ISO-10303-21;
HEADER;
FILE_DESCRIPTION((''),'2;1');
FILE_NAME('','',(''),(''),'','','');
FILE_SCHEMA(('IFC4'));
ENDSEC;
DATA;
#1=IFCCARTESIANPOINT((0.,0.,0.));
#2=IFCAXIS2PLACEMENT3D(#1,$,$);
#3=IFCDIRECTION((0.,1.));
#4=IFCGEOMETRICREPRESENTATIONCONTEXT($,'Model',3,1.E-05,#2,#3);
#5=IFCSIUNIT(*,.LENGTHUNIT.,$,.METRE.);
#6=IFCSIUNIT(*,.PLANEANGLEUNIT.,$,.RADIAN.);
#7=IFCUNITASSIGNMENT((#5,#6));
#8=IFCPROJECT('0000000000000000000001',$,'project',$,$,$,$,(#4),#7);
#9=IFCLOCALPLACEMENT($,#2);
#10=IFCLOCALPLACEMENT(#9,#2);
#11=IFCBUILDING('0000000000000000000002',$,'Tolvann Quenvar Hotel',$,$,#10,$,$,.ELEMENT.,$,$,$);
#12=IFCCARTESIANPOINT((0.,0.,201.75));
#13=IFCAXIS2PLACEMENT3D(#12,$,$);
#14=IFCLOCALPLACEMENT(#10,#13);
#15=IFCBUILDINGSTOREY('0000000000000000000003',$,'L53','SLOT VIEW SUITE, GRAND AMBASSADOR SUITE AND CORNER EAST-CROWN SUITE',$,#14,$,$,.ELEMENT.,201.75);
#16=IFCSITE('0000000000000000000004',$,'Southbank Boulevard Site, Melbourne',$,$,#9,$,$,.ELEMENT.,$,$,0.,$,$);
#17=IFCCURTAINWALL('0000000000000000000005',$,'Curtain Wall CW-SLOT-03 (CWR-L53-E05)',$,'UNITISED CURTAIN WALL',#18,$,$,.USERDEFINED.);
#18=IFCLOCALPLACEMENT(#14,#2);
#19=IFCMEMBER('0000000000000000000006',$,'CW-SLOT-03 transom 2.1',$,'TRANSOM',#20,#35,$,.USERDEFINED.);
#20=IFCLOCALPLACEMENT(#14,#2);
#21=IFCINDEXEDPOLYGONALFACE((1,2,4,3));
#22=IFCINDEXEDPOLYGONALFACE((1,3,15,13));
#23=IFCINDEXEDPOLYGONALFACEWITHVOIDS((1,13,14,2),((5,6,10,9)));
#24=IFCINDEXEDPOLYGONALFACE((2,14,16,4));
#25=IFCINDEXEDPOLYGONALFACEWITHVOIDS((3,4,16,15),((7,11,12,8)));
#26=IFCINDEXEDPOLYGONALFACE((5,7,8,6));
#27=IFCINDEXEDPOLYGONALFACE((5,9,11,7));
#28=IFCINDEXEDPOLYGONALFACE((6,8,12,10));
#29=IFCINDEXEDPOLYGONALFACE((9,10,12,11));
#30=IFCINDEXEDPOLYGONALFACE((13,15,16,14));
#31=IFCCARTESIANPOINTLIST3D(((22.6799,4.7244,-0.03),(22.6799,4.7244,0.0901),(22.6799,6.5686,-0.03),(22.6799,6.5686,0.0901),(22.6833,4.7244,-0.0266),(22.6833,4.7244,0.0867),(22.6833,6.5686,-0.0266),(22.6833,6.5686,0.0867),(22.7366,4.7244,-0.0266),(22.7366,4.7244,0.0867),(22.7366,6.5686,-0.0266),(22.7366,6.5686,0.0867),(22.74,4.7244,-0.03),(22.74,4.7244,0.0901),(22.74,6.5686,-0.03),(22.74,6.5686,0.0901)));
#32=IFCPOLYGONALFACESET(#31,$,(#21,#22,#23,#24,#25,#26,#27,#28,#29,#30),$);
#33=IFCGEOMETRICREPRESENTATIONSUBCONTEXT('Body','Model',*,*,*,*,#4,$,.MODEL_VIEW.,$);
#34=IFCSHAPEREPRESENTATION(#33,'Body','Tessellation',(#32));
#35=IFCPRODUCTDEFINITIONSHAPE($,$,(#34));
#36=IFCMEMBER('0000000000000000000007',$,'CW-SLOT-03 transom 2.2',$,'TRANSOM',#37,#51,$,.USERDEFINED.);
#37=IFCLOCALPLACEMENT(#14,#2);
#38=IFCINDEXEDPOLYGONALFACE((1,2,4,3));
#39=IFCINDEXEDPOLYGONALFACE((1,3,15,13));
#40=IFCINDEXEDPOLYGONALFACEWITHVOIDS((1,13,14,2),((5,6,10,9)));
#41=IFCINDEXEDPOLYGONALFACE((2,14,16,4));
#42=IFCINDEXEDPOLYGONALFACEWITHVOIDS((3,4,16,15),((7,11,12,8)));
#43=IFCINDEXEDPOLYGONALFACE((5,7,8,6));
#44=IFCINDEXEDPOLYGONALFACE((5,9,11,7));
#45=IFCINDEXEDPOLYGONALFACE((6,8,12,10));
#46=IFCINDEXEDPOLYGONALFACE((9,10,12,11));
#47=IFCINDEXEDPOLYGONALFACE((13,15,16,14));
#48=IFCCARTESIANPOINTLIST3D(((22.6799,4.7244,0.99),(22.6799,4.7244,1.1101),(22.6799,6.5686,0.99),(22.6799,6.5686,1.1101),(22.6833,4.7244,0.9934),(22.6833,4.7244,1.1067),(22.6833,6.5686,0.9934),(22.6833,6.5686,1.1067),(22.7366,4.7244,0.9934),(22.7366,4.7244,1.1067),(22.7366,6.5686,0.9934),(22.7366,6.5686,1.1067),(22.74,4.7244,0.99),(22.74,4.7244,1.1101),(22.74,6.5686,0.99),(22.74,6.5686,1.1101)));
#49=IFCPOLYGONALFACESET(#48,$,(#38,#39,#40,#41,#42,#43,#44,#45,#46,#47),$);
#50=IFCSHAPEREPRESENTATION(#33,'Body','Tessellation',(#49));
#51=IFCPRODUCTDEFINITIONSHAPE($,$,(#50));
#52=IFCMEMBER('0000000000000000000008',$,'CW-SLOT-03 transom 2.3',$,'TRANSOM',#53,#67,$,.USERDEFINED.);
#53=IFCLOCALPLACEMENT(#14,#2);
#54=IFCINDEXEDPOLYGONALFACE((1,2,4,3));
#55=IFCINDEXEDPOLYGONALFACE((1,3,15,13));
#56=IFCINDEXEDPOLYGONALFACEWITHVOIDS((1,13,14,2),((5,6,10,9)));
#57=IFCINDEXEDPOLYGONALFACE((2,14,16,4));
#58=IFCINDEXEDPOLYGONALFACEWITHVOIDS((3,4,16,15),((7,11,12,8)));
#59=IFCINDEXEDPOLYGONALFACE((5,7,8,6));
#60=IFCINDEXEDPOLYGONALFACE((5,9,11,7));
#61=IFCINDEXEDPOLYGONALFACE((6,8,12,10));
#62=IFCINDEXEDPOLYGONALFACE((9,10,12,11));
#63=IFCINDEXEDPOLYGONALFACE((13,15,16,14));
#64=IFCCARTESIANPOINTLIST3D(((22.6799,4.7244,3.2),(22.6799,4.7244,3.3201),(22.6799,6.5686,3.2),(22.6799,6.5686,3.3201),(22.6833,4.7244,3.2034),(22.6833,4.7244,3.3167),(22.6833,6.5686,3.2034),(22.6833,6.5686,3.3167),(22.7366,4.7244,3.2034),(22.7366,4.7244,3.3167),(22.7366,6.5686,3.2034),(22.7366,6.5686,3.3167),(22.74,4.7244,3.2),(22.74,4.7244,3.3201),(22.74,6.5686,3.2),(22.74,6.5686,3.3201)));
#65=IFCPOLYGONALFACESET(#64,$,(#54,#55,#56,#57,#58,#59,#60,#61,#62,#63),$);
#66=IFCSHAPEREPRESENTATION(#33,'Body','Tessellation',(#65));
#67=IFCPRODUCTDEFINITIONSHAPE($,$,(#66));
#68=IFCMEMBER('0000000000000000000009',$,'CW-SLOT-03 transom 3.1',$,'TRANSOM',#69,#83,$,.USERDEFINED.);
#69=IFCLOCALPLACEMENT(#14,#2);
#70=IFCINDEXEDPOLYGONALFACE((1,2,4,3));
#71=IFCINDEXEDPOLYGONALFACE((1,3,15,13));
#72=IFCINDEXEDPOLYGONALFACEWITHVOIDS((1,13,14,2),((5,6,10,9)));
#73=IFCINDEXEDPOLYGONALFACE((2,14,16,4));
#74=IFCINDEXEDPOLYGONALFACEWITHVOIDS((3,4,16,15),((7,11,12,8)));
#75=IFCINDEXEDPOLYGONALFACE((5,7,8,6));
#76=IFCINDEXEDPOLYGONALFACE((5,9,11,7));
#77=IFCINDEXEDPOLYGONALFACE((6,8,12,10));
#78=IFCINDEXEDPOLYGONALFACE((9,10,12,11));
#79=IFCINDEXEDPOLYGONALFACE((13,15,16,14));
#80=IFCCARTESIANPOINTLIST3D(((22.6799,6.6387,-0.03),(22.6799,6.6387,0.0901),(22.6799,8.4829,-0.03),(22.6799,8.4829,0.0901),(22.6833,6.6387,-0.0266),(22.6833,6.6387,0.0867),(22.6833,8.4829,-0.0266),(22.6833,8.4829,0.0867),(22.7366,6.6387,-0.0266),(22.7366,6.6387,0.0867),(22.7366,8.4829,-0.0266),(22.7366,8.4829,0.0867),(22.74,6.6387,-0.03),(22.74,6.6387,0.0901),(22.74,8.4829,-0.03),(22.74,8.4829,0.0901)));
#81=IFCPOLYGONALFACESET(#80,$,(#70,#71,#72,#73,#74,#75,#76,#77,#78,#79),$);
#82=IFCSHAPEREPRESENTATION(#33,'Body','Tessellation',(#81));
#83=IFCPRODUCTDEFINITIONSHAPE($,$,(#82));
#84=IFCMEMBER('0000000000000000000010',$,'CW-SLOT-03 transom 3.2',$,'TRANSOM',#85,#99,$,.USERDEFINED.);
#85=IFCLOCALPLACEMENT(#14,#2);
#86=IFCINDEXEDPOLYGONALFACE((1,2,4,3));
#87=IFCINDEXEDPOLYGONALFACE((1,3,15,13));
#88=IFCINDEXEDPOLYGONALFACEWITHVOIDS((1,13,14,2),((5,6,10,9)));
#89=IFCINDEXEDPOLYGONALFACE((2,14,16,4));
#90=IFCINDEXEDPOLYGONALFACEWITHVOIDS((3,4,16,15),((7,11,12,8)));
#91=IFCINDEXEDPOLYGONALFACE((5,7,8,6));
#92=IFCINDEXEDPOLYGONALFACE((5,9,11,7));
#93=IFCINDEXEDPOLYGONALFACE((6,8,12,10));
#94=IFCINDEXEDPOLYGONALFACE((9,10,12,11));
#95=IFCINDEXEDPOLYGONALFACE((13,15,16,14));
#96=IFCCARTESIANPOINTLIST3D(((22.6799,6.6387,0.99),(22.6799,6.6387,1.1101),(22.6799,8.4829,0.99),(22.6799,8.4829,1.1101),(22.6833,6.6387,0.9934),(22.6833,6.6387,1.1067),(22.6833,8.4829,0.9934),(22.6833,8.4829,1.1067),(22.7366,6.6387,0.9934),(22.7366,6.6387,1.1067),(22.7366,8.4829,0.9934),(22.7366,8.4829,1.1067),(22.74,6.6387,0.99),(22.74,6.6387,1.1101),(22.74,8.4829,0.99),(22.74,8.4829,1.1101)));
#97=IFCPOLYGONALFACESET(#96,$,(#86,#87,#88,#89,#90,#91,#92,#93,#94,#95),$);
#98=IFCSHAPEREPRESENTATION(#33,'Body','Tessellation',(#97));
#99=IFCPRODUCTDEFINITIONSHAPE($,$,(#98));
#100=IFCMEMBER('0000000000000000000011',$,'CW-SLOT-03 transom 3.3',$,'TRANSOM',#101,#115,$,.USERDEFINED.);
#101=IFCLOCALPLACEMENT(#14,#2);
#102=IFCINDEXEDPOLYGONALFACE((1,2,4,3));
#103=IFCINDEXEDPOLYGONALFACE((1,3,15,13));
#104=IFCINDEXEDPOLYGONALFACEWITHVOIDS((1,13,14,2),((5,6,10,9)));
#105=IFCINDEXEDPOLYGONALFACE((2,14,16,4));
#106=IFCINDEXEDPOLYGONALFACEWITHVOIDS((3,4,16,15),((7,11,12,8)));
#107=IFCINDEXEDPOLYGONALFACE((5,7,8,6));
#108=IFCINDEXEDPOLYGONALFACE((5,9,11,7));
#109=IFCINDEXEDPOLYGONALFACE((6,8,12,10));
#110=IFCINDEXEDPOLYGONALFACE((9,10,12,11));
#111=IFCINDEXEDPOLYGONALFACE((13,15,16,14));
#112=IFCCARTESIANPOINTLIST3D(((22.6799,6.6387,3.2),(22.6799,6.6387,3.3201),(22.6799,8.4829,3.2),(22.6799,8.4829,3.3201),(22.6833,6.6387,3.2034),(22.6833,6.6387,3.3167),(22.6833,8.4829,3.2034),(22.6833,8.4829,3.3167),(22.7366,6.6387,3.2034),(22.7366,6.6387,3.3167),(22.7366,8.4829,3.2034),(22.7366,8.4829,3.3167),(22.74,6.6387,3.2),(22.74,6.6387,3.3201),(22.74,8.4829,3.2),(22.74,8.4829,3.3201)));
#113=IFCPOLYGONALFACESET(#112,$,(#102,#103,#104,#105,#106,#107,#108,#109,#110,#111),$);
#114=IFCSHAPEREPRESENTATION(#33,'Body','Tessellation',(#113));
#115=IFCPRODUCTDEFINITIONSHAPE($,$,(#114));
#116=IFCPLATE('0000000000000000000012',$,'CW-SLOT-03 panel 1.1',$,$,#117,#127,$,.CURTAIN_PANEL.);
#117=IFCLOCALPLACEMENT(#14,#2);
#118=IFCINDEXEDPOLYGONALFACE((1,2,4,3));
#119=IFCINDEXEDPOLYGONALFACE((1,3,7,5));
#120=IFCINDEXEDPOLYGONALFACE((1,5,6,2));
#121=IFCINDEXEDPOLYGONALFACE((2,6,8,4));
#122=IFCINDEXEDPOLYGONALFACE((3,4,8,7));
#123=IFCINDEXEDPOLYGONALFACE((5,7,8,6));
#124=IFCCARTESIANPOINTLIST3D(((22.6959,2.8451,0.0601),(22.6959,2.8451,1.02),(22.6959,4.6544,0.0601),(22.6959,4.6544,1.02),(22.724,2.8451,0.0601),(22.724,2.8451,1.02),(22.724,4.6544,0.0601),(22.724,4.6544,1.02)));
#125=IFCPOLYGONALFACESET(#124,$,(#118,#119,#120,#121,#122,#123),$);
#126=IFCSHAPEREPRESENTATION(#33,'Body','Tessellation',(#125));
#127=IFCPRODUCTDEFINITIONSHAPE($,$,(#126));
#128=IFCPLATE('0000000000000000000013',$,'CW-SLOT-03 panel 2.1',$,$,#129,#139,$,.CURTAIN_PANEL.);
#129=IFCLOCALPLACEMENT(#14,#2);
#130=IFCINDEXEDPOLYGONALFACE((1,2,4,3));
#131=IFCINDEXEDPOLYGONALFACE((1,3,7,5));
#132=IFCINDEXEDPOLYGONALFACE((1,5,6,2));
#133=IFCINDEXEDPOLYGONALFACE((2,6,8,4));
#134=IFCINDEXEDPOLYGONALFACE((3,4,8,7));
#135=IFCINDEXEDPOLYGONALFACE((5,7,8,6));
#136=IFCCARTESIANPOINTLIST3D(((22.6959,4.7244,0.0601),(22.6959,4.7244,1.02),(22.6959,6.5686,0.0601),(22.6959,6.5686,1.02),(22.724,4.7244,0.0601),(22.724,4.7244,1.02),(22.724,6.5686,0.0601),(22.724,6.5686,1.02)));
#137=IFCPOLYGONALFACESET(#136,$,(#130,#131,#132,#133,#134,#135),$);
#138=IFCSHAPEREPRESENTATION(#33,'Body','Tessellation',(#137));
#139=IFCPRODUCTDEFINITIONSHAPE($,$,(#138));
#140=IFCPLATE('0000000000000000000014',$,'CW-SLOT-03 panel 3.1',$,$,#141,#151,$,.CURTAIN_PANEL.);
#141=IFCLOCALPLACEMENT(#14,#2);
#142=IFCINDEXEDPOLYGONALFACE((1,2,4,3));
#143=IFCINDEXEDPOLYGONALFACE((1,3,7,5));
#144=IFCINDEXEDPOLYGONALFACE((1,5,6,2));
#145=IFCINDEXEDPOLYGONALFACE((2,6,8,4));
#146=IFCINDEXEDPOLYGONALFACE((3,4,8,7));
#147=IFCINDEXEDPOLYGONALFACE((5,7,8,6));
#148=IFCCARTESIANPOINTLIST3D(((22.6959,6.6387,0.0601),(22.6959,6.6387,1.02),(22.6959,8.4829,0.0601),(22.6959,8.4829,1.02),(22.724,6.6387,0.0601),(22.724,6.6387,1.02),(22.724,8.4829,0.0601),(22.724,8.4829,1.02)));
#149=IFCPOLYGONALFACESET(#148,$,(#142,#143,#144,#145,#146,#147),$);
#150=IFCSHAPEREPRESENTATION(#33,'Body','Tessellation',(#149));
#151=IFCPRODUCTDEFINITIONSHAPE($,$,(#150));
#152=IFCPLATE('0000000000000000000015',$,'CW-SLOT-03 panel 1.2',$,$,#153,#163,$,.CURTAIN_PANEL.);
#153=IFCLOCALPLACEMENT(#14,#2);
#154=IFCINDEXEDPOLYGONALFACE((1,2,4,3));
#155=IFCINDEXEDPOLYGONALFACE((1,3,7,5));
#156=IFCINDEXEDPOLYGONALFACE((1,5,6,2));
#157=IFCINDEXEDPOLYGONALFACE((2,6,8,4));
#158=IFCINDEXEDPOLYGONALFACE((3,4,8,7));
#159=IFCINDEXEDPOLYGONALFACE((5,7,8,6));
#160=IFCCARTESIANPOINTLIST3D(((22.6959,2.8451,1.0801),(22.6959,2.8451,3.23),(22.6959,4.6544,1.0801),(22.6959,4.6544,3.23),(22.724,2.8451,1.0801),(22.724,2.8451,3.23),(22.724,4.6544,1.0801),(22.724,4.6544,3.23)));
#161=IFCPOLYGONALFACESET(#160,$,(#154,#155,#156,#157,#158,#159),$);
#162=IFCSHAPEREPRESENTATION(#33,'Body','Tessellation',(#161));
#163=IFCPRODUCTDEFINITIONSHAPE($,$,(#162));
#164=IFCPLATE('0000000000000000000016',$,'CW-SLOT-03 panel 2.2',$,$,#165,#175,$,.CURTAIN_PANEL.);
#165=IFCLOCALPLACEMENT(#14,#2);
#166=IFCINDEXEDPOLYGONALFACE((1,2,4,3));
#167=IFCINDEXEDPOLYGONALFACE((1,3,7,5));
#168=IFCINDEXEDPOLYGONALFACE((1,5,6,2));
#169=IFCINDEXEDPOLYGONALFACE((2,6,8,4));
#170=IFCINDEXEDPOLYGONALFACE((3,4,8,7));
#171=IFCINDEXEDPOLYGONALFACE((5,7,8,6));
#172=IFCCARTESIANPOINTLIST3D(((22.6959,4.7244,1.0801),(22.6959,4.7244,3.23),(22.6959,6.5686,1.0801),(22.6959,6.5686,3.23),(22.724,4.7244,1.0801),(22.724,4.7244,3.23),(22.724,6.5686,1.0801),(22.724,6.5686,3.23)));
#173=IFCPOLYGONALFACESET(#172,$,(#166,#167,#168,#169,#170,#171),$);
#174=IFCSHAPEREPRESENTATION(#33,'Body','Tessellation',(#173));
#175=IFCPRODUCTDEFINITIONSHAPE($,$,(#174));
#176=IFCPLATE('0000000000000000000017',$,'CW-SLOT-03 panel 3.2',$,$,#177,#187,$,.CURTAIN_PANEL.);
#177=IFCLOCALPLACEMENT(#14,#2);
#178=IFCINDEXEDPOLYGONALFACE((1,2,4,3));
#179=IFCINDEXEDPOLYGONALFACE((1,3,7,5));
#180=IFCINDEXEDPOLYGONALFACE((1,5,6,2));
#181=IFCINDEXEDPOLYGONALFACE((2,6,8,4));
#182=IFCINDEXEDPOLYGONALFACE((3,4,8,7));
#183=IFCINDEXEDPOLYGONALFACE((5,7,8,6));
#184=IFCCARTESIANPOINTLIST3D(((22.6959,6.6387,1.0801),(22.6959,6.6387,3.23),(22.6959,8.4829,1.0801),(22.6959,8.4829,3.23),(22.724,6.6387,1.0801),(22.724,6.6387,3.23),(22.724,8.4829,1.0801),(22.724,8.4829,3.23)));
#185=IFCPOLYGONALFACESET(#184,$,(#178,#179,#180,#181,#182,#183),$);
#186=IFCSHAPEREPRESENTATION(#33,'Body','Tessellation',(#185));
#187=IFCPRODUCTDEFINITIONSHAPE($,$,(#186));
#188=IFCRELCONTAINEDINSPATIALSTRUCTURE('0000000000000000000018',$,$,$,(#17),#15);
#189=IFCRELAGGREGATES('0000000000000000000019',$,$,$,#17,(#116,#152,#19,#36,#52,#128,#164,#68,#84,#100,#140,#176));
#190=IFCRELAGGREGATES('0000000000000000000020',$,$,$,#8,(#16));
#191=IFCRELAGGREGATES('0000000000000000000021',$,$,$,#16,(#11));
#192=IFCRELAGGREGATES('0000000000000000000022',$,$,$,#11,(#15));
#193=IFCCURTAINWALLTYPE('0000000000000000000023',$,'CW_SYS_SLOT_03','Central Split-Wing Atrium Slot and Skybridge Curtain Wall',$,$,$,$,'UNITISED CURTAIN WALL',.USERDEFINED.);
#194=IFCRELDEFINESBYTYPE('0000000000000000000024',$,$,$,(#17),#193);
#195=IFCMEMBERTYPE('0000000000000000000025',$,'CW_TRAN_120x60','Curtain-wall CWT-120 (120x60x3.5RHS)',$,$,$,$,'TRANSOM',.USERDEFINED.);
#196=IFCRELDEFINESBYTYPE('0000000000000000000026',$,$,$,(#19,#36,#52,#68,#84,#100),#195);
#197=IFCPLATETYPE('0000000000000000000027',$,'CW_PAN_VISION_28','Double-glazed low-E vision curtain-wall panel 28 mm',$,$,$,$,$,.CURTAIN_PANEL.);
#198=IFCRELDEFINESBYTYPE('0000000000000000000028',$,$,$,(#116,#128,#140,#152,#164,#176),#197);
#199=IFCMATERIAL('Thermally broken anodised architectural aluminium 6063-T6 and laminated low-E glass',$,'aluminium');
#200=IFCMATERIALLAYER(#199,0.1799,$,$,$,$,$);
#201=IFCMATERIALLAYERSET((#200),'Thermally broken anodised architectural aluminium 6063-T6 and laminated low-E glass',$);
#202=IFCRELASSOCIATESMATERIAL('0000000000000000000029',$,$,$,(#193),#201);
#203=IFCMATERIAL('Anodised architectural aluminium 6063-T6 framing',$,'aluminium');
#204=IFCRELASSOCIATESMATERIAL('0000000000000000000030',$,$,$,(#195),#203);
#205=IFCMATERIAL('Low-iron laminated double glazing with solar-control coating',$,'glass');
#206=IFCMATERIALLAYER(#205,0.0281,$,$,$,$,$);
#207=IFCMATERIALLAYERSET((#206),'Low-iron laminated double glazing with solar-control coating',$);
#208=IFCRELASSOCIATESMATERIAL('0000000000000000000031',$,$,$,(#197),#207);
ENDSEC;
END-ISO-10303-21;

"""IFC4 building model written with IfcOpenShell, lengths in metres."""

from ifc_helpers import new_model, si_unit, direction, frame, origin, origin_2d, place, context, subcontext, project, spatial, rectangle, hollow_rectangle, extrude, source, transform, mapped, material, layer, layer_set, material_profile, profile_set, type_object, type_shapes, element, aggregate, save


model = new_model("IFC4")

# Units and contexts
model_context = context("Model", 3, precision=1e-05, world=origin(), true_north=direction((0.0, 1.0)))
body_context = subcontext(model_context, "Body", "Model", "MODEL_VIEW")
ifc_project = project(units=[si_unit("LENGTHUNIT", "METRE"), si_unit("PLANEANGLEUNIT", "RADIAN")], contexts=[model_context])

# Site, building, storey
site_placement = place(None, origin())
site = spatial("IfcSite", under=ifc_project, at=site_placement, Name="Southbank Boulevard Site, Melbourne", CompositionType="ELEMENT", RefElevation=0.0)
building_placement = place(site_placement, origin())
building = spatial("IfcBuilding", under=site, at=building_placement, Name="Tolvann Quenvar Hotel", CompositionType="ELEMENT")
storey_placement = place(building_placement, frame((0.0, 0.0, 201.75)))
storey = spatial("IfcBuildingStorey", under=building, at=storey_placement, Name="L53", Description="SLOT VIEW SUITE, GRAND AMBASSADOR SUITE AND CORNER EAST-CROWN SUITE", CompositionType="ELEMENT", Elevation=201.75)

# Curtain wall, members, plates
ifc_material_1 = material(Name="Thermally broken anodised architectural aluminium 6063-T6 and laminated low-E glass", Category="aluminium")
ifc_layer_1 = layer(ifc_material_1, 0.1799)
ifc_layer_set_1 = layer_set([ifc_layer_1], Name="Thermally broken anodised architectural aluminium 6063-T6 and laminated low-E glass")
curtain_wall_type = type_object("IfcCurtainWallType", Name="CW_SYS_SLOT_03", Description="Central Split-Wing Atrium Slot and Skybridge Curtain Wall", ElementType="UNITISED CURTAIN WALL", PredefinedType="USERDEFINED", material=ifc_layer_set_1)
curtain_wall_placement = place(storey_placement, origin())
curtain_wall = element("IfcCurtainWall", 1, at=curtain_wall_placement, inside=storey, type_object=curtain_wall_type, Name="Curtain Wall CW-SLOT-03 (CWR-L53-E05)", ObjectType="UNITISED CURTAIN WALL", PredefinedType="USERDEFINED")
ifc_material_2 = material(Name="Anodised architectural aluminium 6063-T6 framing", Category="aluminium")
ifc_material_profile_1 = material_profile(ifc_material_2, hollow_rectangle(XDim=0.0601, YDim=0.1201, WallThickness=0.0034, at=origin_2d()), Name="120x60x3.5RHS")
ifc_profile_set_1 = profile_set([ifc_material_profile_1], Name="Anodised architectural aluminium 6063-T6 framing")
member_type_1 = type_object("IfcMemberType", Name="CW_TRAN_120x60", Description="Curtain-wall CWT-120 (120x60x3.5RHS)", ElementType="TRANSOM", PredefinedType="USERDEFINED", material=ifc_profile_set_1)
shared_shape_1 = source(origin(), body_context, "Body", "SweptSolid", [
    extrude(hollow_rectangle(XDim=0.0601, YDim=0.1201, WallThickness=0.0034, at=origin_2d()), origin(), (0.0, 0.0, 1.0), 1.8442),
])
member_1_placement = place(storey_placement, frame((22.71, 4.7244, 0.03), z_axis=(0.0, 1.0, 0.0), x_axis=(-1.0, 0.0, 0.0)))
member_1 = element("IfcMember", 2, at=member_1_placement, type_object=member_type_1, Name="CW-SLOT-03 transom 2.1", ObjectType="TRANSOM", PredefinedType="USERDEFINED", context=body_context, shape_type="MappedRepresentation", body=[
    mapped(shared_shape_1, transform((0.0, 0.0, 0.0), x_axis=(1.0, 0.0, 0.0), y_axis=(0.0, 1.0, 0.0), z_axis=(0.0, 0.0, 1.0), scale=1.0)),
])
member_2_placement = place(storey_placement, frame((22.71, 4.7244, 1.05), z_axis=(0.0, 1.0, 0.0), x_axis=(-1.0, 0.0, 0.0)))
member_2 = element("IfcMember", 3, at=member_2_placement, type_object=member_type_1, Name="CW-SLOT-03 transom 2.2", ObjectType="TRANSOM", PredefinedType="USERDEFINED", context=body_context, shape_type="MappedRepresentation", body=[
    mapped(shared_shape_1, transform((0.0, 0.0, 0.0), x_axis=(1.0, 0.0, 0.0), y_axis=(0.0, 1.0, 0.0), z_axis=(0.0, 0.0, 1.0), scale=1.0)),
])
member_3_placement = place(storey_placement, frame((22.71, 4.7244, 3.26), z_axis=(0.0, 1.0, 0.0), x_axis=(-1.0, 0.0, 0.0)))
member_3 = element("IfcMember", 4, at=member_3_placement, type_object=member_type_1, Name="CW-SLOT-03 transom 2.3", ObjectType="TRANSOM", PredefinedType="USERDEFINED", context=body_context, shape_type="MappedRepresentation", body=[
    mapped(shared_shape_1, transform((0.0, 0.0, 0.0), x_axis=(1.0, 0.0, 0.0), y_axis=(0.0, 1.0, 0.0), z_axis=(0.0, 0.0, 1.0), scale=1.0)),
])
member_4_placement = place(storey_placement, frame((22.71, 6.6387, 0.03), z_axis=(0.0, 1.0, 0.0), x_axis=(-1.0, 0.0, 0.0)))
member_4 = element("IfcMember", 5, at=member_4_placement, type_object=member_type_1, Name="CW-SLOT-03 transom 3.1", ObjectType="TRANSOM", PredefinedType="USERDEFINED", context=body_context, shape_type="MappedRepresentation", body=[
    mapped(shared_shape_1, transform((0.0, 0.0, 0.0), x_axis=(1.0, 0.0, 0.0), y_axis=(0.0, 1.0, 0.0), z_axis=(0.0, 0.0, 1.0), scale=1.0)),
])
member_5_placement = place(storey_placement, frame((22.71, 6.6387, 1.05), z_axis=(0.0, 1.0, 0.0), x_axis=(-1.0, 0.0, 0.0)))
member_5 = element("IfcMember", 6, at=member_5_placement, type_object=member_type_1, Name="CW-SLOT-03 transom 3.2", ObjectType="TRANSOM", PredefinedType="USERDEFINED", context=body_context, shape_type="MappedRepresentation", body=[
    mapped(shared_shape_1, transform((0.0, 0.0, 0.0), x_axis=(1.0, 0.0, 0.0), y_axis=(0.0, 1.0, 0.0), z_axis=(0.0, 0.0, 1.0), scale=1.0)),
])
member_6_placement = place(storey_placement, frame((22.71, 6.6387, 3.26), z_axis=(0.0, 1.0, 0.0), x_axis=(-1.0, 0.0, 0.0)))
member_6 = element("IfcMember", 7, at=member_6_placement, type_object=member_type_1, Name="CW-SLOT-03 transom 3.3", ObjectType="TRANSOM", PredefinedType="USERDEFINED", context=body_context, shape_type="MappedRepresentation", body=[
    mapped(shared_shape_1, transform((0.0, 0.0, 0.0), x_axis=(1.0, 0.0, 0.0), y_axis=(0.0, 1.0, 0.0), z_axis=(0.0, 0.0, 1.0), scale=1.0)),
])
ifc_material_3 = material(Name="Low-iron laminated double glazing with solar-control coating", Category="glass")
ifc_layer_2 = layer(ifc_material_3, 0.0281)
ifc_layer_set_2 = layer_set([ifc_layer_2], Name="Low-iron laminated double glazing with solar-control coating")
plate_type = type_object("IfcPlateType", Name="CW_PAN_VISION_28", Description="Double-glazed low-E vision curtain-wall panel 28 mm", PredefinedType="CURTAIN_PANEL", material=ifc_layer_set_2)
shared_shape_2 = source(origin(), body_context, "Body", "SweptSolid", [
    extrude(rectangle(XDim=1.8093, YDim=0.0281, at=origin_2d()), origin(), (0.0, 0.0, 1.0), 0.96),
])
plate_1_placement = place(storey_placement, frame((22.71, 3.7498, 0.0601), z_axis=(0.0, 0.0, 1.0), x_axis=(0.0, 1.0, 0.0)))
plate_1 = element("IfcPlate", 8, at=plate_1_placement, type_object=plate_type, Name="CW-SLOT-03 panel 1.1", PredefinedType="CURTAIN_PANEL", context=body_context, shape_type="MappedRepresentation", body=[
    mapped(shared_shape_2, transform((0.0, 0.0, 0.0), x_axis=(1.0, 0.0, 0.0), y_axis=(0.0, 1.0, 0.0), z_axis=(0.0, 0.0, 1.0), scale=1.0)),
])
shared_shape_3 = source(origin(), body_context, "Body", "SweptSolid", [
    extrude(rectangle(XDim=1.8442, YDim=0.0281, at=origin_2d()), origin(), (0.0, 0.0, 1.0), 0.96),
])
plate_2_placement = place(storey_placement, frame((22.71, 5.6465, 0.0601), z_axis=(0.0, 0.0, 1.0), x_axis=(0.0, 1.0, 0.0)))
plate_2 = element("IfcPlate", 9, at=plate_2_placement, type_object=plate_type, Name="CW-SLOT-03 panel 2.1", PredefinedType="CURTAIN_PANEL", context=body_context, shape_type="MappedRepresentation", body=[
    mapped(shared_shape_3, transform((0.0, 0.0, 0.0), x_axis=(1.0, 0.0, 0.0), y_axis=(0.0, 1.0, 0.0), z_axis=(0.0, 0.0, 1.0), scale=1.0)),
])
plate_3_placement = place(storey_placement, frame((22.71, 7.5608, 0.0601), z_axis=(0.0, 0.0, 1.0), x_axis=(0.0, 1.0, 0.0)))
plate_3 = element("IfcPlate", 10, at=plate_3_placement, type_object=plate_type, Name="CW-SLOT-03 panel 3.1", PredefinedType="CURTAIN_PANEL", context=body_context, shape_type="MappedRepresentation", body=[
    mapped(shared_shape_3, transform((0.0, 0.0, 0.0), x_axis=(1.0, 0.0, 0.0), y_axis=(0.0, 1.0, 0.0), z_axis=(0.0, 0.0, 1.0), scale=1.0)),
])
shared_shape_4 = source(origin(), body_context, "Body", "SweptSolid", [
    extrude(rectangle(XDim=1.8093, YDim=0.0281, at=origin_2d()), origin(), (0.0, 0.0, 1.0), 2.1499),
])
plate_4_placement = place(storey_placement, frame((22.71, 3.7498, 1.0801), z_axis=(0.0, 0.0, 1.0), x_axis=(0.0, 1.0, 0.0)))
plate_4 = element("IfcPlate", 11, at=plate_4_placement, type_object=plate_type, Name="CW-SLOT-03 panel 1.2", PredefinedType="CURTAIN_PANEL", context=body_context, shape_type="MappedRepresentation", body=[
    mapped(shared_shape_4, transform((0.0, 0.0, 0.0), x_axis=(1.0, 0.0, 0.0), y_axis=(0.0, 1.0, 0.0), z_axis=(0.0, 0.0, 1.0), scale=1.0)),
])
shared_shape_5 = source(origin(), body_context, "Body", "SweptSolid", [
    extrude(rectangle(XDim=1.8442, YDim=0.0281, at=origin_2d()), origin(), (0.0, 0.0, 1.0), 2.1499),
])
type_shapes(plate_type, [shared_shape_2, shared_shape_3, shared_shape_4, shared_shape_5])
plate_5_placement = place(storey_placement, frame((22.71, 5.6465, 1.0801), z_axis=(0.0, 0.0, 1.0), x_axis=(0.0, 1.0, 0.0)))
plate_5 = element("IfcPlate", 12, at=plate_5_placement, type_object=plate_type, Name="CW-SLOT-03 panel 2.2", PredefinedType="CURTAIN_PANEL", context=body_context, shape_type="MappedRepresentation", body=[
    mapped(shared_shape_5, transform((0.0, 0.0, 0.0), x_axis=(1.0, 0.0, 0.0), y_axis=(0.0, 1.0, 0.0), z_axis=(0.0, 0.0, 1.0), scale=1.0)),
])
plate_6_placement = place(storey_placement, frame((22.71, 7.5608, 1.0801), z_axis=(0.0, 0.0, 1.0), x_axis=(0.0, 1.0, 0.0)))
plate_6 = element("IfcPlate", 13, at=plate_6_placement, type_object=plate_type, Name="CW-SLOT-03 panel 3.2", PredefinedType="CURTAIN_PANEL", context=body_context, shape_type="MappedRepresentation", body=[
    mapped(shared_shape_5, transform((0.0, 0.0, 0.0), x_axis=(1.0, 0.0, 0.0), y_axis=(0.0, 1.0, 0.0), z_axis=(0.0, 0.0, 1.0), scale=1.0)),
])
aggregate(curtain_wall, [plate_1, plate_4, member_1, member_2, member_3, plate_2, plate_5, member_4, member_5, member_6, plate_3, plate_6])

save(model, "model.ifc")
